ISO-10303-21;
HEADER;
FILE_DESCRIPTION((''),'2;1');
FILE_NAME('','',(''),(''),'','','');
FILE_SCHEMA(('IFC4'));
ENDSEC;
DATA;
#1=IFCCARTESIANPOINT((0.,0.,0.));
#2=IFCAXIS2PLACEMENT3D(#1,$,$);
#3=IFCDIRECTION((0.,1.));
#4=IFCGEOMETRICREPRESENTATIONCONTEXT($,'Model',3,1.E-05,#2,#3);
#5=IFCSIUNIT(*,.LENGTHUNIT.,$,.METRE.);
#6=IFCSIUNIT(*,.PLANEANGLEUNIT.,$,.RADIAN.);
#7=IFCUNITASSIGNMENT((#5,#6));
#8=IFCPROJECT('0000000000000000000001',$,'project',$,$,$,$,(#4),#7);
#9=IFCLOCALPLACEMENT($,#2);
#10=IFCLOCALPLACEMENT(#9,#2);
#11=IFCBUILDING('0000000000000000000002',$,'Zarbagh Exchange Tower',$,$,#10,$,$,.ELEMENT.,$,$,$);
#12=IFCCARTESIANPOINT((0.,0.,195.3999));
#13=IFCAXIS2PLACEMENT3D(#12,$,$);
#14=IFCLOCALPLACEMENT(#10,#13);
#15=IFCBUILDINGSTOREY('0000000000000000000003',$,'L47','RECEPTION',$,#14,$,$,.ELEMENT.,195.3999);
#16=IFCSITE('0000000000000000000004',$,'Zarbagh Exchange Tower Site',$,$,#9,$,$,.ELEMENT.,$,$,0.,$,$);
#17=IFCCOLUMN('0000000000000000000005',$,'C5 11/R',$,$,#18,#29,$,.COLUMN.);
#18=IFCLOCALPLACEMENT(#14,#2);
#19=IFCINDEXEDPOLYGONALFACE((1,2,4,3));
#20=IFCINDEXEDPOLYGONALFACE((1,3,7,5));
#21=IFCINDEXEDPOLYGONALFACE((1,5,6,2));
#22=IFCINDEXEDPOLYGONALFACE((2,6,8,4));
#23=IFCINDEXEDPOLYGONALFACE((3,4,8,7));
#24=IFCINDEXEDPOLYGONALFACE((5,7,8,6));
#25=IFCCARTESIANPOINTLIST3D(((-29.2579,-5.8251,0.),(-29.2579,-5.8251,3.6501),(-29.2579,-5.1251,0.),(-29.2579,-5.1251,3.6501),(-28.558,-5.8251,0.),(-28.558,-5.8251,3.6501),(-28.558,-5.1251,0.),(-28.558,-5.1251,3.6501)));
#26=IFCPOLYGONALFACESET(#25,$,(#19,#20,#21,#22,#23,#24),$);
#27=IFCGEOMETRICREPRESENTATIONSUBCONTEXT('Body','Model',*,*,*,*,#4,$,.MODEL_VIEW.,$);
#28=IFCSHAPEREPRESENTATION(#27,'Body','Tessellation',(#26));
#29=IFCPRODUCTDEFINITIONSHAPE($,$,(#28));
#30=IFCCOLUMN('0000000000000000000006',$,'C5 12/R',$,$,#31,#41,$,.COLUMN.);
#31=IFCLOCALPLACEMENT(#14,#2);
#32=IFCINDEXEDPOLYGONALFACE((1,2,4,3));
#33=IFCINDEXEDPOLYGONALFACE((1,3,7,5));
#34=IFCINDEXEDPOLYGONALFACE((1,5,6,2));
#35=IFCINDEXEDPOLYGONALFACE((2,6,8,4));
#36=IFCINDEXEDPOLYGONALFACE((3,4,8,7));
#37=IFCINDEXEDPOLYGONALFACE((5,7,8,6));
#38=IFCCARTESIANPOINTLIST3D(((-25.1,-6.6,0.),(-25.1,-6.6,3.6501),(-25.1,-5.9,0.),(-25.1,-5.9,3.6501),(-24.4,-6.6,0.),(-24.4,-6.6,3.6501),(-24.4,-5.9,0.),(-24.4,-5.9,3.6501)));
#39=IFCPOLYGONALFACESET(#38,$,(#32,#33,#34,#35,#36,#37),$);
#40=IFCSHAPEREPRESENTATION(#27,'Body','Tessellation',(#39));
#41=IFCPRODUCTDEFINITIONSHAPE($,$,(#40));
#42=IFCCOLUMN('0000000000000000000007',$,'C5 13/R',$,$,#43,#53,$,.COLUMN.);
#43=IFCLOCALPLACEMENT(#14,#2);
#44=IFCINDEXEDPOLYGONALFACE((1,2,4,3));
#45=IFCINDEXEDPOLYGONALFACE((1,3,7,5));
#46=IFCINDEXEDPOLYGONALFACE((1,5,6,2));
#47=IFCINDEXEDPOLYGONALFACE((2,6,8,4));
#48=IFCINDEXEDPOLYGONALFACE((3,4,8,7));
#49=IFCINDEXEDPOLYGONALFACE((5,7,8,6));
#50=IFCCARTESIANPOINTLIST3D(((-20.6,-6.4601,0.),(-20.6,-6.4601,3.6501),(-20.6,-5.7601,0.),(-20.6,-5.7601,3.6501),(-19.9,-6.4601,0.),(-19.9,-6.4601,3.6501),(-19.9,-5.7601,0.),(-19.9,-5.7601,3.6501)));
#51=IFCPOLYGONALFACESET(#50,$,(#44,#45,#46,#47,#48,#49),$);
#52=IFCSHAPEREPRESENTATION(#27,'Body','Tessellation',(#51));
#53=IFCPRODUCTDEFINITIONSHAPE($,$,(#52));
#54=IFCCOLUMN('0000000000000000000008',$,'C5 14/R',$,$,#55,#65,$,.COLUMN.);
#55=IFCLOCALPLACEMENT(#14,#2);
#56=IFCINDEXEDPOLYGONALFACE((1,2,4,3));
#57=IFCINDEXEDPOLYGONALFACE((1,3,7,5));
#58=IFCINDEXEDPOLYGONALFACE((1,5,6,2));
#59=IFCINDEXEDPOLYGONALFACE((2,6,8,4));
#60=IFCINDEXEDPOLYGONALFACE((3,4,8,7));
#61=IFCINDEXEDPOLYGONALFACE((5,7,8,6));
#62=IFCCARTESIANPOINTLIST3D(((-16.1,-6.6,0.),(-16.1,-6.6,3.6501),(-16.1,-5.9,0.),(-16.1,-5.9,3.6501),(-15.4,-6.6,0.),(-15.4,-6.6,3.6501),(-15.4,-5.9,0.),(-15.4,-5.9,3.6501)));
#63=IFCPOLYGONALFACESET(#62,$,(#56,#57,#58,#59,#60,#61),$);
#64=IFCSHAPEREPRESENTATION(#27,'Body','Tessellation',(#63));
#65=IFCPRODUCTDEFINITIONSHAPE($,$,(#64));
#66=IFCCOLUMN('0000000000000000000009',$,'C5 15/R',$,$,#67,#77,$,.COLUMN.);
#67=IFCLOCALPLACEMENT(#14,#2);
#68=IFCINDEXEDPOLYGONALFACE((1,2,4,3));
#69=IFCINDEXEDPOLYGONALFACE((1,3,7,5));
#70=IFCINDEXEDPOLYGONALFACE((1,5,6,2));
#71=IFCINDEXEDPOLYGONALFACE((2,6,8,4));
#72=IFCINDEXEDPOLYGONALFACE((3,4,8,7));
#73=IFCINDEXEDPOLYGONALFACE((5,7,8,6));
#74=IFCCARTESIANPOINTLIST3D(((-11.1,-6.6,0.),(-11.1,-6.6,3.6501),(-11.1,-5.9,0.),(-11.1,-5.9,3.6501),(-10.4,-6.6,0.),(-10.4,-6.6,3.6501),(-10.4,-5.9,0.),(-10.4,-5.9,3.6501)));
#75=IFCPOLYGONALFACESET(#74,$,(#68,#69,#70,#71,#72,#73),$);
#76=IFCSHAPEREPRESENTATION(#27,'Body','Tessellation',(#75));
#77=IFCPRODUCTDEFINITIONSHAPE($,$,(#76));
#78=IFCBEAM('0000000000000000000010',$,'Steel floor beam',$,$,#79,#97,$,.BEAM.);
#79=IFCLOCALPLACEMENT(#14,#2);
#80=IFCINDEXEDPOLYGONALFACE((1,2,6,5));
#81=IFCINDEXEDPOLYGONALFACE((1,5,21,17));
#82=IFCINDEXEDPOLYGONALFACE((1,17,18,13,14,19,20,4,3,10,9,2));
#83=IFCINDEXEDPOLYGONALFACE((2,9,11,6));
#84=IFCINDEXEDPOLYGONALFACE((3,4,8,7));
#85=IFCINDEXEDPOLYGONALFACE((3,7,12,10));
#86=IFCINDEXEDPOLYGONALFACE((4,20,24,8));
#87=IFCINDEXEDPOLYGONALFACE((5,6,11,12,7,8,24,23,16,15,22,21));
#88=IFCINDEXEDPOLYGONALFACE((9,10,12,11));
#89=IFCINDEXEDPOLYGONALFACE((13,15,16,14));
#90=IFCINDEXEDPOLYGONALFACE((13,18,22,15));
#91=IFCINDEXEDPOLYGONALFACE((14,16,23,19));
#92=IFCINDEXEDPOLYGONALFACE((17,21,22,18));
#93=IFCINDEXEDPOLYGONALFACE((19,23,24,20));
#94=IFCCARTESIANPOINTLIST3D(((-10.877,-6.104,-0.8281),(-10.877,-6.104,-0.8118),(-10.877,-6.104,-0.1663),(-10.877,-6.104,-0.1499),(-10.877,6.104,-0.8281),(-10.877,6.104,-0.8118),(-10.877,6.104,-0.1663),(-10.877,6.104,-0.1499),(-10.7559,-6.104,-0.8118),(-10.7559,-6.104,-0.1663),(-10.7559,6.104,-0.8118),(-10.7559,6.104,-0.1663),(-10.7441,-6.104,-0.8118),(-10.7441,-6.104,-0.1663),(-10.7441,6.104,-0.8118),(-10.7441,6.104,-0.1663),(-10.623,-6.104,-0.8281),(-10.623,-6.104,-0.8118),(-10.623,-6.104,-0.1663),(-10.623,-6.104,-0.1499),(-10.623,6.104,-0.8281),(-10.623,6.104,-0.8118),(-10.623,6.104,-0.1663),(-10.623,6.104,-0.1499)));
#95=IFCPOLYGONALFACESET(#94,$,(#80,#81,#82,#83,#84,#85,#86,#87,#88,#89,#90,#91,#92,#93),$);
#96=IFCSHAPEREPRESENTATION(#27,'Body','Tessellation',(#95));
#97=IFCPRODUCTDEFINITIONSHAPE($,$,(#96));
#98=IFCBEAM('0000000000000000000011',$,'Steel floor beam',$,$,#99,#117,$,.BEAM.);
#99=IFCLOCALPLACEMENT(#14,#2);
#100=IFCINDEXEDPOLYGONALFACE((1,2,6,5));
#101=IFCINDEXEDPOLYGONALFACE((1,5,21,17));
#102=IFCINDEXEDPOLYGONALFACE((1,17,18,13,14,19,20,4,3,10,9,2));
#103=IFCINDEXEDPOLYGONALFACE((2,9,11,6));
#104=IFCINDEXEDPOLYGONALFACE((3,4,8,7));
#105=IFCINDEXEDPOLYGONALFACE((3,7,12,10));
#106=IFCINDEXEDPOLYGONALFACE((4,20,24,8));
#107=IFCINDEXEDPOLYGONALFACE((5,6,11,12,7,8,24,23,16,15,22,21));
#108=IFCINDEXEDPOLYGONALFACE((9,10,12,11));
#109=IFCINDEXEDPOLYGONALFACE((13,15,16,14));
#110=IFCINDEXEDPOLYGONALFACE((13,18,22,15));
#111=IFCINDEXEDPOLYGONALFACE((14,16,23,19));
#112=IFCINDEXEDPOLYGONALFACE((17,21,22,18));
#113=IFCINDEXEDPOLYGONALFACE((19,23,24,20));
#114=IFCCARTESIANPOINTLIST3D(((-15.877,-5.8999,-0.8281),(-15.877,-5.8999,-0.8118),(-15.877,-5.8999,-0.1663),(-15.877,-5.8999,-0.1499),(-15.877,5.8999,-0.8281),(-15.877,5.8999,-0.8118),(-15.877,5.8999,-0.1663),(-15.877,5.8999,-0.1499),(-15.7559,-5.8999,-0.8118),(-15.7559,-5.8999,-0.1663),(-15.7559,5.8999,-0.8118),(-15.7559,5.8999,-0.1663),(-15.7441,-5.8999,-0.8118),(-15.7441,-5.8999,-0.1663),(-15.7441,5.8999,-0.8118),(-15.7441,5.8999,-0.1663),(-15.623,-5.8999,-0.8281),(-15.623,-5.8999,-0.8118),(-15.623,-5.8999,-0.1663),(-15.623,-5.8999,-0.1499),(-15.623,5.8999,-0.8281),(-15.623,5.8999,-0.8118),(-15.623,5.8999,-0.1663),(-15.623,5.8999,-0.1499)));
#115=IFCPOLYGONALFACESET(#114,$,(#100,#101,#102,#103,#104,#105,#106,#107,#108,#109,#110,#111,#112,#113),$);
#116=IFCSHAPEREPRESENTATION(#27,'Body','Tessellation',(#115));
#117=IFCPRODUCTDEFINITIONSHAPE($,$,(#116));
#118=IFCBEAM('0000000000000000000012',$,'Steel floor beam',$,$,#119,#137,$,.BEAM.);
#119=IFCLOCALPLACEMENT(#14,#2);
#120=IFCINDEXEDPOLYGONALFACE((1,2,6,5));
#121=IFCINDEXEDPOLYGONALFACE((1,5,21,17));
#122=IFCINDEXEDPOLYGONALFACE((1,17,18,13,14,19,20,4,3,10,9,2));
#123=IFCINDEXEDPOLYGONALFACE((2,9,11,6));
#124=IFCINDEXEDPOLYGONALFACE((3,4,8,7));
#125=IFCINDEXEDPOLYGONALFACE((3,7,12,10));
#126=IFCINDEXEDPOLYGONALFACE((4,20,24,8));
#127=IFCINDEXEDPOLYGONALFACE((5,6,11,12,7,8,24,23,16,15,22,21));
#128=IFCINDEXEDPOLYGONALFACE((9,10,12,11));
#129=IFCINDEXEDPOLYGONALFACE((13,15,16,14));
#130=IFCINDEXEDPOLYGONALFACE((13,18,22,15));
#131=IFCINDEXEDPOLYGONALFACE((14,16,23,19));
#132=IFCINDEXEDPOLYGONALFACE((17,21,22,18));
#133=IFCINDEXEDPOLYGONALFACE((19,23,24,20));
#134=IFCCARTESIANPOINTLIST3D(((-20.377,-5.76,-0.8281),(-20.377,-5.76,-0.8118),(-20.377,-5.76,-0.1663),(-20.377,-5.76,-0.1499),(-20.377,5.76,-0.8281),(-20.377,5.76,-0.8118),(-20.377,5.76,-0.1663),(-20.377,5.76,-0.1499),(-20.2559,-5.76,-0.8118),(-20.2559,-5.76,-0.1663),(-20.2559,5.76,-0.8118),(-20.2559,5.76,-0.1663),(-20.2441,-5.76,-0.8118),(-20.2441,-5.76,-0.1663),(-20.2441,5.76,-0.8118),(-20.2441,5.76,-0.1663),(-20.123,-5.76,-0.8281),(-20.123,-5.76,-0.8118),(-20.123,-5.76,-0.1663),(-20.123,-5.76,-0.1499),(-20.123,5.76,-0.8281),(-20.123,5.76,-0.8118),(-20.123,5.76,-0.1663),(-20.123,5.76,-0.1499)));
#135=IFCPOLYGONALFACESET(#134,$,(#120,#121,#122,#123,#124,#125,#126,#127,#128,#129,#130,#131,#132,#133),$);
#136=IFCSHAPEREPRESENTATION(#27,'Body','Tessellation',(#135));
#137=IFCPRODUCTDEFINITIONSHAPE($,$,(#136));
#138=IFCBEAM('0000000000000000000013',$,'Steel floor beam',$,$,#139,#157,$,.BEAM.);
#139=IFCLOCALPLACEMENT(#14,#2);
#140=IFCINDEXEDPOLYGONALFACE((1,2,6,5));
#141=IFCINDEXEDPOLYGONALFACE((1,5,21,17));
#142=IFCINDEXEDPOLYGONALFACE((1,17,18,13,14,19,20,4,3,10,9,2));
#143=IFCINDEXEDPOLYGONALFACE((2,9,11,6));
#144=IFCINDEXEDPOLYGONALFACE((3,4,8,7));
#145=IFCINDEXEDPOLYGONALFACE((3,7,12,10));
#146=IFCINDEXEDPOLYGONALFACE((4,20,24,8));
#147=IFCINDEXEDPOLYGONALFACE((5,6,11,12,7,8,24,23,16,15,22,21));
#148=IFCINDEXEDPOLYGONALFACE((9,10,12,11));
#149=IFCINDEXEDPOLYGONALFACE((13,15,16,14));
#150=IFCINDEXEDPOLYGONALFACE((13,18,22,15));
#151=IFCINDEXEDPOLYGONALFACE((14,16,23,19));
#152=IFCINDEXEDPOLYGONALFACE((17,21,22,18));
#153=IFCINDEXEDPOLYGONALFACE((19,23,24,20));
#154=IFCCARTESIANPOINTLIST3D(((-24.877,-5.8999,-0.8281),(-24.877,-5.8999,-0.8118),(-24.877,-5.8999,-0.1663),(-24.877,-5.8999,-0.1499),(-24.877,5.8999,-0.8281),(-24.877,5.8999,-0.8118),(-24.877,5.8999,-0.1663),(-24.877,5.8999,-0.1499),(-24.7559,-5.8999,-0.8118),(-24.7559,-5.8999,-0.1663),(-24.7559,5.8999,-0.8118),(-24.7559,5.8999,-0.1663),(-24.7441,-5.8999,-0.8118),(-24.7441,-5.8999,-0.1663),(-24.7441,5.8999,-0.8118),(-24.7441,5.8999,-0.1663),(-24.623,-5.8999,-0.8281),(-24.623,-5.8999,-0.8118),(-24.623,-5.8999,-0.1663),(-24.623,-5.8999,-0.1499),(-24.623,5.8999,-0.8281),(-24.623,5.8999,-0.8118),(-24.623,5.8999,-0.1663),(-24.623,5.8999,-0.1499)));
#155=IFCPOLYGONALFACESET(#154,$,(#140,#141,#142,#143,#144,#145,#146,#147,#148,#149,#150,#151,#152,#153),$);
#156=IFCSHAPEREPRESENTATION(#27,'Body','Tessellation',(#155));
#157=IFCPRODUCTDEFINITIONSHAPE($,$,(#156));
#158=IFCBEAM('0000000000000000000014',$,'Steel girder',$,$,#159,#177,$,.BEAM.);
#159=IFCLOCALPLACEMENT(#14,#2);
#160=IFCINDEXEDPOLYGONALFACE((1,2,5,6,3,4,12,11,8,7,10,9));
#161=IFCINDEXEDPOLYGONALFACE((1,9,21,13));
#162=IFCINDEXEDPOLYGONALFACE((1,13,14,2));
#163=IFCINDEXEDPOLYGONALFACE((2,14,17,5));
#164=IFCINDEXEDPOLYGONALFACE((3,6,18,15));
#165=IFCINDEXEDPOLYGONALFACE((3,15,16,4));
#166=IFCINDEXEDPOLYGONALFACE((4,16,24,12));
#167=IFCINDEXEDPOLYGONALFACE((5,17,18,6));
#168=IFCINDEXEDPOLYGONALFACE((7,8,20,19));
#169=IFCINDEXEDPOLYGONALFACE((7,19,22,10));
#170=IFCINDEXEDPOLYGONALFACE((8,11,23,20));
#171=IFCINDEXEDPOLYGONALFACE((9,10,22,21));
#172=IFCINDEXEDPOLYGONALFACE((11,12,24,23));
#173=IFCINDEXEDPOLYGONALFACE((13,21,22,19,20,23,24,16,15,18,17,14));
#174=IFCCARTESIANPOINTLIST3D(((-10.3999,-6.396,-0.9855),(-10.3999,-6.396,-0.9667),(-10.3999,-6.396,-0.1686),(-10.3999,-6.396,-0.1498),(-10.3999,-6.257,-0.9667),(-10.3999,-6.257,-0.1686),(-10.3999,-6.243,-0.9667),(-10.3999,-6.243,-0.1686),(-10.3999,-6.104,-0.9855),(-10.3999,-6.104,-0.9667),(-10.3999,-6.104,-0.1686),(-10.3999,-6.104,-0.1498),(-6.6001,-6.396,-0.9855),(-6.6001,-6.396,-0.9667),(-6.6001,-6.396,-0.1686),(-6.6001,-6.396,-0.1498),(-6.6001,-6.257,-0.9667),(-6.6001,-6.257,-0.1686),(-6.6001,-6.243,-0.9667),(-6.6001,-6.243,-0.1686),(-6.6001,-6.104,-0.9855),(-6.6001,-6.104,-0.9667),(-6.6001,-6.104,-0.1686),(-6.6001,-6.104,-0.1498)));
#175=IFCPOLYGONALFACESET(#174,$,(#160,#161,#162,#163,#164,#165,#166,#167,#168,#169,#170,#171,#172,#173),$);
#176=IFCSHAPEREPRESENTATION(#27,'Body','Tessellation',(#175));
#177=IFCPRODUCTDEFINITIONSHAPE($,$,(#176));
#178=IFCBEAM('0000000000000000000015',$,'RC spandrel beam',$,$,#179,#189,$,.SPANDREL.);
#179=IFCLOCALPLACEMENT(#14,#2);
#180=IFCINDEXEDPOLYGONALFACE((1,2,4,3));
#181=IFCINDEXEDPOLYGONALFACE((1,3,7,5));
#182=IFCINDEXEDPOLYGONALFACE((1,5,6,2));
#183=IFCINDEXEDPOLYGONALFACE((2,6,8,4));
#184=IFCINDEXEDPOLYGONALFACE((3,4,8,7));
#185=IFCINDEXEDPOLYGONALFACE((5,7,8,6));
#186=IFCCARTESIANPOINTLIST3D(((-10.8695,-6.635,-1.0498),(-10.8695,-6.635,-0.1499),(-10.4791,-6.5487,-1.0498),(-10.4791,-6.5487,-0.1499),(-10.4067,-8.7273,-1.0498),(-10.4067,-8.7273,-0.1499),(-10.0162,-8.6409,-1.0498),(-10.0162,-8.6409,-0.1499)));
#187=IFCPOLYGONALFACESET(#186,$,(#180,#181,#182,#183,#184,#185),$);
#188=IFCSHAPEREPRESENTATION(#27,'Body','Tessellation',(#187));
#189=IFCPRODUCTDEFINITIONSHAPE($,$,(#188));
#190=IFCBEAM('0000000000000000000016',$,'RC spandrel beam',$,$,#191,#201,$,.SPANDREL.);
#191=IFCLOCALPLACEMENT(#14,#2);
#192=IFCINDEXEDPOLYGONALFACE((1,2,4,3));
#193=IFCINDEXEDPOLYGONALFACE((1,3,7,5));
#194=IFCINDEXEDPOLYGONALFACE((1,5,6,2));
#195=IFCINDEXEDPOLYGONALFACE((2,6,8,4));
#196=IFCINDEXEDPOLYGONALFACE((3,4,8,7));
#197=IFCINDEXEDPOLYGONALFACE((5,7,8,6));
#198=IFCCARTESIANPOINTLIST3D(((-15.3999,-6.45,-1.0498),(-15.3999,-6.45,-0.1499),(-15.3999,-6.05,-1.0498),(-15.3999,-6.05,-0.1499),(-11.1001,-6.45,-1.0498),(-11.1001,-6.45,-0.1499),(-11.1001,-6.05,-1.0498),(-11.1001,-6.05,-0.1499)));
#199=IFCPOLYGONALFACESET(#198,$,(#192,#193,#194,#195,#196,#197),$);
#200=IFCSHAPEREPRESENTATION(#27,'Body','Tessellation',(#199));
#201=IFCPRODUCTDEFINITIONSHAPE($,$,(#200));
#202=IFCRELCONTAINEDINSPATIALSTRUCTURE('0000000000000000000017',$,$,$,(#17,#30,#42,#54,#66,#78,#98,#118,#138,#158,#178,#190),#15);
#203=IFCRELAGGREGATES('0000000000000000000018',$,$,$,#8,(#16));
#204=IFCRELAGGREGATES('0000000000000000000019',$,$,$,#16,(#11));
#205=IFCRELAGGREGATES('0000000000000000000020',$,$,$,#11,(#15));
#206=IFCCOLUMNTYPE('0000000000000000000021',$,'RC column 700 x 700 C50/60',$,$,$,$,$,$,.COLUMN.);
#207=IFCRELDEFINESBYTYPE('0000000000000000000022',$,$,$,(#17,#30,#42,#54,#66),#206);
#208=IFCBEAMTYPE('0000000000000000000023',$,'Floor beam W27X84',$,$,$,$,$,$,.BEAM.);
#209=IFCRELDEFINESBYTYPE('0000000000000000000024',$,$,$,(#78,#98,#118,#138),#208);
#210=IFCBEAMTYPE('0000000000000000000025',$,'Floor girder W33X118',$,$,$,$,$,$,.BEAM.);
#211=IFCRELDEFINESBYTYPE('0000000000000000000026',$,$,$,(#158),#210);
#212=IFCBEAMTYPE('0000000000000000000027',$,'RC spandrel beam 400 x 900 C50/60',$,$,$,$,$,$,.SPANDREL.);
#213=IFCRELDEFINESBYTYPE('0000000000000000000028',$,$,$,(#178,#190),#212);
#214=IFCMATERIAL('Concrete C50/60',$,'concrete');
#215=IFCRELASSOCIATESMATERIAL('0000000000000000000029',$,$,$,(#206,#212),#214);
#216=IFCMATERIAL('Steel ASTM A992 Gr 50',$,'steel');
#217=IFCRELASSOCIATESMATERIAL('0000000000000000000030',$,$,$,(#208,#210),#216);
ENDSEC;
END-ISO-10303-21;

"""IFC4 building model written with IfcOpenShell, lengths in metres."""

from ifc_helpers import new_model, si_unit, direction, frame, origin, origin_2d, place, context, subcontext, project, spatial, rectangle, i_section, extrude, material, material_profile, profile_set, type_object, element, save


model = new_model("IFC4")

# Units and contexts
model_context = context("Model", 3, precision=1e-05, world=origin(), true_north=direction((0.0, 1.0)))
body_context = subcontext(model_context, "Body", "Model", "MODEL_VIEW")
ifc_project = project(units=[si_unit("LENGTHUNIT", "METRE"), si_unit("PLANEANGLEUNIT", "RADIAN")], contexts=[model_context])

# Site, building, storey
site_placement = place(None, origin())
site = spatial("IfcSite", under=ifc_project, at=site_placement, Name="Zarbagh Exchange Tower Site", CompositionType="ELEMENT", RefElevation=0.0)
building_placement = place(site_placement, origin())
building = spatial("IfcBuilding", under=site, at=building_placement, Name="Zarbagh Exchange Tower", CompositionType="ELEMENT")
storey_placement = place(building_placement, frame((0.0, 0.0, 195.3999)))
storey = spatial("IfcBuildingStorey", under=building, at=storey_placement, Name="L47", Description="RECEPTION", CompositionType="ELEMENT", Elevation=195.3999)

# Columns
ifc_material_1 = material(Name="Concrete C50/60", Category="concrete")
ifc_material_profile_1 = material_profile(ifc_material_1, rectangle(XDim=0.7, YDim=0.7, at=origin_2d()), Name="RC column 700 x 700 C50/60")
ifc_profile_set_1 = profile_set([ifc_material_profile_1], Name="Concrete C50/60")
column_type = type_object("IfcColumnType", Name="RC column 700 x 700 C50/60", PredefinedType="COLUMN", material=ifc_profile_set_1)
for number, where, z_axis, x_axis, name in (
    (1, (-28.908, -5.4751, 0.0), (0.0, 0.0, 1.0), (1.0, 0.0, 0.0), "C5 11/R"),
    (2, (-24.75, -6.25, 0.0), (0.0, 0.0, 1.0), (1.0, 0.0, 0.0), "C5 12/R"),
    (3, (-20.25, -6.1101, 0.0), (0.0, 0.0, 1.0), (1.0, 0.0, 0.0), "C5 13/R"),
    (4, (-15.75, -6.25, 0.0), (0.0, 0.0, 1.0), (1.0, 0.0, 0.0), "C5 14/R"),
    (5, (-10.75, -6.25, 0.0), (0.0, 0.0, 1.0), (1.0, 0.0, 0.0), "C5 15/R"),
):
    element("IfcColumn", number, at=place(storey_placement, frame(where, z_axis=z_axis, x_axis=x_axis)), inside=storey, type_object=column_type, Name=name, PredefinedType="COLUMN", context=body_context, shape_type="SweptSolid", body=[
        extrude(rectangle(XDim=0.7, YDim=0.7, at=origin_2d()), origin(), (0.0, 0.0, 1.0), 3.6501),
    ])

# Beams
ifc_material_2 = material(Name="Steel ASTM A992 Gr 50", Category="steel")
ifc_material_profile_2 = material_profile(ifc_material_2, i_section(OverallWidth=0.2539, OverallDepth=0.6782, WebThickness=0.0117, FlangeThickness=0.0164, at=origin_2d()), Name="W27X84")
ifc_profile_set_2 = profile_set([ifc_material_profile_2], Name="Steel ASTM A992 Gr 50")
beam_type_1 = type_object("IfcBeamType", Name="Floor beam W27X84", PredefinedType="BEAM", material=ifc_profile_set_2)
beam_1_placement = place(storey_placement, frame((-10.75, -6.104, -0.489), z_axis=(0.0, 1.0, 0.0), x_axis=(-1.0, 0.0, 0.0)))
element("IfcBeam", 6, at=beam_1_placement, inside=storey, type_object=beam_type_1, Name="Steel floor beam", PredefinedType="BEAM", context=body_context, shape_type="SweptSolid", body=[
    extrude(i_section(OverallWidth=0.2539, OverallDepth=0.6782, WebThickness=0.0117, FlangeThickness=0.0164, at=origin_2d()), origin(), (0.0, 0.0, 1.0), 12.208),
])
beam_2_placement = place(storey_placement, frame((-15.75, -5.8999, -0.489), z_axis=(0.0, 1.0, 0.0), x_axis=(-1.0, 0.0, 0.0)))
element("IfcBeam", 7, at=beam_2_placement, inside=storey, type_object=beam_type_1, Name="Steel floor beam", PredefinedType="BEAM", context=body_context, shape_type="SweptSolid", body=[
    extrude(i_section(OverallWidth=0.2539, OverallDepth=0.6782, WebThickness=0.0117, FlangeThickness=0.0164, at=origin_2d()), origin(), (0.0, 0.0, 1.0), 11.7998),
])
beam_3_placement = place(storey_placement, frame((-20.25, -5.76, -0.489), z_axis=(0.0, 1.0, 0.0), x_axis=(-1.0, 0.0, 0.0)))
element("IfcBeam", 8, at=beam_3_placement, inside=storey, type_object=beam_type_1, Name="Steel floor beam", PredefinedType="BEAM", context=body_context, shape_type="SweptSolid", body=[
    extrude(i_section(OverallWidth=0.2539, OverallDepth=0.6782, WebThickness=0.0117, FlangeThickness=0.0164, at=origin_2d()), origin(), (0.0, 0.0, 1.0), 11.52),
])
beam_4_placement = place(storey_placement, frame((-24.75, -5.8999, -0.489), z_axis=(0.0, 1.0, 0.0), x_axis=(-1.0, 0.0, 0.0)))
element("IfcBeam", 9, at=beam_4_placement, inside=storey, type_object=beam_type_1, Name="Steel floor beam", PredefinedType="BEAM", context=body_context, shape_type="SweptSolid", body=[
    extrude(i_section(OverallWidth=0.2539, OverallDepth=0.6782, WebThickness=0.0117, FlangeThickness=0.0164, at=origin_2d()), origin(), (0.0, 0.0, 1.0), 11.7998),
])
ifc_material_profile_3 = material_profile(ifc_material_2, i_section(OverallWidth=0.292, OverallDepth=0.8357, WebThickness=0.0139, FlangeThickness=0.0188, at=origin_2d()), Name="W33X118")
ifc_profile_set_3 = profile_set([ifc_material_profile_3], Name="Steel ASTM A992 Gr 50")
beam_type_2 = type_object("IfcBeamType", Name="Floor girder W33X118", PredefinedType="BEAM", material=ifc_profile_set_3)
beam_5_placement = place(storey_placement, frame((-10.3999, -6.25, -0.5676), z_axis=(1.0, 0.0, 0.0), x_axis=(0.0, 1.0, 0.0)))
element("IfcBeam", 10, at=beam_5_placement, inside=storey, type_object=beam_type_2, Name="Steel girder", PredefinedType="BEAM", context=body_context, shape_type="SweptSolid", body=[
    extrude(i_section(OverallWidth=0.292, OverallDepth=0.8357, WebThickness=0.0139, FlangeThickness=0.0188, at=origin_2d()), origin(), (0.0, 0.0, 1.0), 3.7998),
])
ifc_material_profile_4 = material_profile(ifc_material_1, rectangle(XDim=0.3999, YDim=0.8999, at=origin_2d()), Name="RC spandrel beam 400 x 900 C50/60")
ifc_profile_set_4 = profile_set([ifc_material_profile_4], Name="Concrete C50/60")
beam_type_3 = type_object("IfcBeamType", Name="RC spandrel beam 400 x 900 C50/60", PredefinedType="SPANDREL", material=ifc_profile_set_4)
beam_6_placement = place(storey_placement, frame((-10.2114, -8.6841, -0.5999), z_axis=(-0.216014, 0.97639, 0.0), x_axis=(-0.97639, -0.216014, 0.0)))
element("IfcBeam", 11, at=beam_6_placement, inside=storey, type_object=beam_type_3, Name="RC spandrel beam", PredefinedType="SPANDREL", context=body_context, shape_type="SweptSolid", body=[
    extrude(rectangle(XDim=0.3999, YDim=0.8999, at=origin_2d()), origin(), (0.0, 0.0, 1.0), 2.1428),
])
beam_7_placement = place(storey_placement, frame((-11.1001, -6.25, -0.5999), z_axis=(-1.0, 0.0, 0.0), x_axis=(0.0, -1.0, 0.0)))
element("IfcBeam", 12, at=beam_7_placement, inside=storey, type_object=beam_type_3, Name="RC spandrel beam", PredefinedType="SPANDREL", context=body_context, shape_type="SweptSolid", body=[
    extrude(rectangle(XDim=0.3999, YDim=0.8999, at=origin_2d()), origin(), (0.0, 0.0, 1.0), 4.2998),
])

save(model, "model.ifc")
